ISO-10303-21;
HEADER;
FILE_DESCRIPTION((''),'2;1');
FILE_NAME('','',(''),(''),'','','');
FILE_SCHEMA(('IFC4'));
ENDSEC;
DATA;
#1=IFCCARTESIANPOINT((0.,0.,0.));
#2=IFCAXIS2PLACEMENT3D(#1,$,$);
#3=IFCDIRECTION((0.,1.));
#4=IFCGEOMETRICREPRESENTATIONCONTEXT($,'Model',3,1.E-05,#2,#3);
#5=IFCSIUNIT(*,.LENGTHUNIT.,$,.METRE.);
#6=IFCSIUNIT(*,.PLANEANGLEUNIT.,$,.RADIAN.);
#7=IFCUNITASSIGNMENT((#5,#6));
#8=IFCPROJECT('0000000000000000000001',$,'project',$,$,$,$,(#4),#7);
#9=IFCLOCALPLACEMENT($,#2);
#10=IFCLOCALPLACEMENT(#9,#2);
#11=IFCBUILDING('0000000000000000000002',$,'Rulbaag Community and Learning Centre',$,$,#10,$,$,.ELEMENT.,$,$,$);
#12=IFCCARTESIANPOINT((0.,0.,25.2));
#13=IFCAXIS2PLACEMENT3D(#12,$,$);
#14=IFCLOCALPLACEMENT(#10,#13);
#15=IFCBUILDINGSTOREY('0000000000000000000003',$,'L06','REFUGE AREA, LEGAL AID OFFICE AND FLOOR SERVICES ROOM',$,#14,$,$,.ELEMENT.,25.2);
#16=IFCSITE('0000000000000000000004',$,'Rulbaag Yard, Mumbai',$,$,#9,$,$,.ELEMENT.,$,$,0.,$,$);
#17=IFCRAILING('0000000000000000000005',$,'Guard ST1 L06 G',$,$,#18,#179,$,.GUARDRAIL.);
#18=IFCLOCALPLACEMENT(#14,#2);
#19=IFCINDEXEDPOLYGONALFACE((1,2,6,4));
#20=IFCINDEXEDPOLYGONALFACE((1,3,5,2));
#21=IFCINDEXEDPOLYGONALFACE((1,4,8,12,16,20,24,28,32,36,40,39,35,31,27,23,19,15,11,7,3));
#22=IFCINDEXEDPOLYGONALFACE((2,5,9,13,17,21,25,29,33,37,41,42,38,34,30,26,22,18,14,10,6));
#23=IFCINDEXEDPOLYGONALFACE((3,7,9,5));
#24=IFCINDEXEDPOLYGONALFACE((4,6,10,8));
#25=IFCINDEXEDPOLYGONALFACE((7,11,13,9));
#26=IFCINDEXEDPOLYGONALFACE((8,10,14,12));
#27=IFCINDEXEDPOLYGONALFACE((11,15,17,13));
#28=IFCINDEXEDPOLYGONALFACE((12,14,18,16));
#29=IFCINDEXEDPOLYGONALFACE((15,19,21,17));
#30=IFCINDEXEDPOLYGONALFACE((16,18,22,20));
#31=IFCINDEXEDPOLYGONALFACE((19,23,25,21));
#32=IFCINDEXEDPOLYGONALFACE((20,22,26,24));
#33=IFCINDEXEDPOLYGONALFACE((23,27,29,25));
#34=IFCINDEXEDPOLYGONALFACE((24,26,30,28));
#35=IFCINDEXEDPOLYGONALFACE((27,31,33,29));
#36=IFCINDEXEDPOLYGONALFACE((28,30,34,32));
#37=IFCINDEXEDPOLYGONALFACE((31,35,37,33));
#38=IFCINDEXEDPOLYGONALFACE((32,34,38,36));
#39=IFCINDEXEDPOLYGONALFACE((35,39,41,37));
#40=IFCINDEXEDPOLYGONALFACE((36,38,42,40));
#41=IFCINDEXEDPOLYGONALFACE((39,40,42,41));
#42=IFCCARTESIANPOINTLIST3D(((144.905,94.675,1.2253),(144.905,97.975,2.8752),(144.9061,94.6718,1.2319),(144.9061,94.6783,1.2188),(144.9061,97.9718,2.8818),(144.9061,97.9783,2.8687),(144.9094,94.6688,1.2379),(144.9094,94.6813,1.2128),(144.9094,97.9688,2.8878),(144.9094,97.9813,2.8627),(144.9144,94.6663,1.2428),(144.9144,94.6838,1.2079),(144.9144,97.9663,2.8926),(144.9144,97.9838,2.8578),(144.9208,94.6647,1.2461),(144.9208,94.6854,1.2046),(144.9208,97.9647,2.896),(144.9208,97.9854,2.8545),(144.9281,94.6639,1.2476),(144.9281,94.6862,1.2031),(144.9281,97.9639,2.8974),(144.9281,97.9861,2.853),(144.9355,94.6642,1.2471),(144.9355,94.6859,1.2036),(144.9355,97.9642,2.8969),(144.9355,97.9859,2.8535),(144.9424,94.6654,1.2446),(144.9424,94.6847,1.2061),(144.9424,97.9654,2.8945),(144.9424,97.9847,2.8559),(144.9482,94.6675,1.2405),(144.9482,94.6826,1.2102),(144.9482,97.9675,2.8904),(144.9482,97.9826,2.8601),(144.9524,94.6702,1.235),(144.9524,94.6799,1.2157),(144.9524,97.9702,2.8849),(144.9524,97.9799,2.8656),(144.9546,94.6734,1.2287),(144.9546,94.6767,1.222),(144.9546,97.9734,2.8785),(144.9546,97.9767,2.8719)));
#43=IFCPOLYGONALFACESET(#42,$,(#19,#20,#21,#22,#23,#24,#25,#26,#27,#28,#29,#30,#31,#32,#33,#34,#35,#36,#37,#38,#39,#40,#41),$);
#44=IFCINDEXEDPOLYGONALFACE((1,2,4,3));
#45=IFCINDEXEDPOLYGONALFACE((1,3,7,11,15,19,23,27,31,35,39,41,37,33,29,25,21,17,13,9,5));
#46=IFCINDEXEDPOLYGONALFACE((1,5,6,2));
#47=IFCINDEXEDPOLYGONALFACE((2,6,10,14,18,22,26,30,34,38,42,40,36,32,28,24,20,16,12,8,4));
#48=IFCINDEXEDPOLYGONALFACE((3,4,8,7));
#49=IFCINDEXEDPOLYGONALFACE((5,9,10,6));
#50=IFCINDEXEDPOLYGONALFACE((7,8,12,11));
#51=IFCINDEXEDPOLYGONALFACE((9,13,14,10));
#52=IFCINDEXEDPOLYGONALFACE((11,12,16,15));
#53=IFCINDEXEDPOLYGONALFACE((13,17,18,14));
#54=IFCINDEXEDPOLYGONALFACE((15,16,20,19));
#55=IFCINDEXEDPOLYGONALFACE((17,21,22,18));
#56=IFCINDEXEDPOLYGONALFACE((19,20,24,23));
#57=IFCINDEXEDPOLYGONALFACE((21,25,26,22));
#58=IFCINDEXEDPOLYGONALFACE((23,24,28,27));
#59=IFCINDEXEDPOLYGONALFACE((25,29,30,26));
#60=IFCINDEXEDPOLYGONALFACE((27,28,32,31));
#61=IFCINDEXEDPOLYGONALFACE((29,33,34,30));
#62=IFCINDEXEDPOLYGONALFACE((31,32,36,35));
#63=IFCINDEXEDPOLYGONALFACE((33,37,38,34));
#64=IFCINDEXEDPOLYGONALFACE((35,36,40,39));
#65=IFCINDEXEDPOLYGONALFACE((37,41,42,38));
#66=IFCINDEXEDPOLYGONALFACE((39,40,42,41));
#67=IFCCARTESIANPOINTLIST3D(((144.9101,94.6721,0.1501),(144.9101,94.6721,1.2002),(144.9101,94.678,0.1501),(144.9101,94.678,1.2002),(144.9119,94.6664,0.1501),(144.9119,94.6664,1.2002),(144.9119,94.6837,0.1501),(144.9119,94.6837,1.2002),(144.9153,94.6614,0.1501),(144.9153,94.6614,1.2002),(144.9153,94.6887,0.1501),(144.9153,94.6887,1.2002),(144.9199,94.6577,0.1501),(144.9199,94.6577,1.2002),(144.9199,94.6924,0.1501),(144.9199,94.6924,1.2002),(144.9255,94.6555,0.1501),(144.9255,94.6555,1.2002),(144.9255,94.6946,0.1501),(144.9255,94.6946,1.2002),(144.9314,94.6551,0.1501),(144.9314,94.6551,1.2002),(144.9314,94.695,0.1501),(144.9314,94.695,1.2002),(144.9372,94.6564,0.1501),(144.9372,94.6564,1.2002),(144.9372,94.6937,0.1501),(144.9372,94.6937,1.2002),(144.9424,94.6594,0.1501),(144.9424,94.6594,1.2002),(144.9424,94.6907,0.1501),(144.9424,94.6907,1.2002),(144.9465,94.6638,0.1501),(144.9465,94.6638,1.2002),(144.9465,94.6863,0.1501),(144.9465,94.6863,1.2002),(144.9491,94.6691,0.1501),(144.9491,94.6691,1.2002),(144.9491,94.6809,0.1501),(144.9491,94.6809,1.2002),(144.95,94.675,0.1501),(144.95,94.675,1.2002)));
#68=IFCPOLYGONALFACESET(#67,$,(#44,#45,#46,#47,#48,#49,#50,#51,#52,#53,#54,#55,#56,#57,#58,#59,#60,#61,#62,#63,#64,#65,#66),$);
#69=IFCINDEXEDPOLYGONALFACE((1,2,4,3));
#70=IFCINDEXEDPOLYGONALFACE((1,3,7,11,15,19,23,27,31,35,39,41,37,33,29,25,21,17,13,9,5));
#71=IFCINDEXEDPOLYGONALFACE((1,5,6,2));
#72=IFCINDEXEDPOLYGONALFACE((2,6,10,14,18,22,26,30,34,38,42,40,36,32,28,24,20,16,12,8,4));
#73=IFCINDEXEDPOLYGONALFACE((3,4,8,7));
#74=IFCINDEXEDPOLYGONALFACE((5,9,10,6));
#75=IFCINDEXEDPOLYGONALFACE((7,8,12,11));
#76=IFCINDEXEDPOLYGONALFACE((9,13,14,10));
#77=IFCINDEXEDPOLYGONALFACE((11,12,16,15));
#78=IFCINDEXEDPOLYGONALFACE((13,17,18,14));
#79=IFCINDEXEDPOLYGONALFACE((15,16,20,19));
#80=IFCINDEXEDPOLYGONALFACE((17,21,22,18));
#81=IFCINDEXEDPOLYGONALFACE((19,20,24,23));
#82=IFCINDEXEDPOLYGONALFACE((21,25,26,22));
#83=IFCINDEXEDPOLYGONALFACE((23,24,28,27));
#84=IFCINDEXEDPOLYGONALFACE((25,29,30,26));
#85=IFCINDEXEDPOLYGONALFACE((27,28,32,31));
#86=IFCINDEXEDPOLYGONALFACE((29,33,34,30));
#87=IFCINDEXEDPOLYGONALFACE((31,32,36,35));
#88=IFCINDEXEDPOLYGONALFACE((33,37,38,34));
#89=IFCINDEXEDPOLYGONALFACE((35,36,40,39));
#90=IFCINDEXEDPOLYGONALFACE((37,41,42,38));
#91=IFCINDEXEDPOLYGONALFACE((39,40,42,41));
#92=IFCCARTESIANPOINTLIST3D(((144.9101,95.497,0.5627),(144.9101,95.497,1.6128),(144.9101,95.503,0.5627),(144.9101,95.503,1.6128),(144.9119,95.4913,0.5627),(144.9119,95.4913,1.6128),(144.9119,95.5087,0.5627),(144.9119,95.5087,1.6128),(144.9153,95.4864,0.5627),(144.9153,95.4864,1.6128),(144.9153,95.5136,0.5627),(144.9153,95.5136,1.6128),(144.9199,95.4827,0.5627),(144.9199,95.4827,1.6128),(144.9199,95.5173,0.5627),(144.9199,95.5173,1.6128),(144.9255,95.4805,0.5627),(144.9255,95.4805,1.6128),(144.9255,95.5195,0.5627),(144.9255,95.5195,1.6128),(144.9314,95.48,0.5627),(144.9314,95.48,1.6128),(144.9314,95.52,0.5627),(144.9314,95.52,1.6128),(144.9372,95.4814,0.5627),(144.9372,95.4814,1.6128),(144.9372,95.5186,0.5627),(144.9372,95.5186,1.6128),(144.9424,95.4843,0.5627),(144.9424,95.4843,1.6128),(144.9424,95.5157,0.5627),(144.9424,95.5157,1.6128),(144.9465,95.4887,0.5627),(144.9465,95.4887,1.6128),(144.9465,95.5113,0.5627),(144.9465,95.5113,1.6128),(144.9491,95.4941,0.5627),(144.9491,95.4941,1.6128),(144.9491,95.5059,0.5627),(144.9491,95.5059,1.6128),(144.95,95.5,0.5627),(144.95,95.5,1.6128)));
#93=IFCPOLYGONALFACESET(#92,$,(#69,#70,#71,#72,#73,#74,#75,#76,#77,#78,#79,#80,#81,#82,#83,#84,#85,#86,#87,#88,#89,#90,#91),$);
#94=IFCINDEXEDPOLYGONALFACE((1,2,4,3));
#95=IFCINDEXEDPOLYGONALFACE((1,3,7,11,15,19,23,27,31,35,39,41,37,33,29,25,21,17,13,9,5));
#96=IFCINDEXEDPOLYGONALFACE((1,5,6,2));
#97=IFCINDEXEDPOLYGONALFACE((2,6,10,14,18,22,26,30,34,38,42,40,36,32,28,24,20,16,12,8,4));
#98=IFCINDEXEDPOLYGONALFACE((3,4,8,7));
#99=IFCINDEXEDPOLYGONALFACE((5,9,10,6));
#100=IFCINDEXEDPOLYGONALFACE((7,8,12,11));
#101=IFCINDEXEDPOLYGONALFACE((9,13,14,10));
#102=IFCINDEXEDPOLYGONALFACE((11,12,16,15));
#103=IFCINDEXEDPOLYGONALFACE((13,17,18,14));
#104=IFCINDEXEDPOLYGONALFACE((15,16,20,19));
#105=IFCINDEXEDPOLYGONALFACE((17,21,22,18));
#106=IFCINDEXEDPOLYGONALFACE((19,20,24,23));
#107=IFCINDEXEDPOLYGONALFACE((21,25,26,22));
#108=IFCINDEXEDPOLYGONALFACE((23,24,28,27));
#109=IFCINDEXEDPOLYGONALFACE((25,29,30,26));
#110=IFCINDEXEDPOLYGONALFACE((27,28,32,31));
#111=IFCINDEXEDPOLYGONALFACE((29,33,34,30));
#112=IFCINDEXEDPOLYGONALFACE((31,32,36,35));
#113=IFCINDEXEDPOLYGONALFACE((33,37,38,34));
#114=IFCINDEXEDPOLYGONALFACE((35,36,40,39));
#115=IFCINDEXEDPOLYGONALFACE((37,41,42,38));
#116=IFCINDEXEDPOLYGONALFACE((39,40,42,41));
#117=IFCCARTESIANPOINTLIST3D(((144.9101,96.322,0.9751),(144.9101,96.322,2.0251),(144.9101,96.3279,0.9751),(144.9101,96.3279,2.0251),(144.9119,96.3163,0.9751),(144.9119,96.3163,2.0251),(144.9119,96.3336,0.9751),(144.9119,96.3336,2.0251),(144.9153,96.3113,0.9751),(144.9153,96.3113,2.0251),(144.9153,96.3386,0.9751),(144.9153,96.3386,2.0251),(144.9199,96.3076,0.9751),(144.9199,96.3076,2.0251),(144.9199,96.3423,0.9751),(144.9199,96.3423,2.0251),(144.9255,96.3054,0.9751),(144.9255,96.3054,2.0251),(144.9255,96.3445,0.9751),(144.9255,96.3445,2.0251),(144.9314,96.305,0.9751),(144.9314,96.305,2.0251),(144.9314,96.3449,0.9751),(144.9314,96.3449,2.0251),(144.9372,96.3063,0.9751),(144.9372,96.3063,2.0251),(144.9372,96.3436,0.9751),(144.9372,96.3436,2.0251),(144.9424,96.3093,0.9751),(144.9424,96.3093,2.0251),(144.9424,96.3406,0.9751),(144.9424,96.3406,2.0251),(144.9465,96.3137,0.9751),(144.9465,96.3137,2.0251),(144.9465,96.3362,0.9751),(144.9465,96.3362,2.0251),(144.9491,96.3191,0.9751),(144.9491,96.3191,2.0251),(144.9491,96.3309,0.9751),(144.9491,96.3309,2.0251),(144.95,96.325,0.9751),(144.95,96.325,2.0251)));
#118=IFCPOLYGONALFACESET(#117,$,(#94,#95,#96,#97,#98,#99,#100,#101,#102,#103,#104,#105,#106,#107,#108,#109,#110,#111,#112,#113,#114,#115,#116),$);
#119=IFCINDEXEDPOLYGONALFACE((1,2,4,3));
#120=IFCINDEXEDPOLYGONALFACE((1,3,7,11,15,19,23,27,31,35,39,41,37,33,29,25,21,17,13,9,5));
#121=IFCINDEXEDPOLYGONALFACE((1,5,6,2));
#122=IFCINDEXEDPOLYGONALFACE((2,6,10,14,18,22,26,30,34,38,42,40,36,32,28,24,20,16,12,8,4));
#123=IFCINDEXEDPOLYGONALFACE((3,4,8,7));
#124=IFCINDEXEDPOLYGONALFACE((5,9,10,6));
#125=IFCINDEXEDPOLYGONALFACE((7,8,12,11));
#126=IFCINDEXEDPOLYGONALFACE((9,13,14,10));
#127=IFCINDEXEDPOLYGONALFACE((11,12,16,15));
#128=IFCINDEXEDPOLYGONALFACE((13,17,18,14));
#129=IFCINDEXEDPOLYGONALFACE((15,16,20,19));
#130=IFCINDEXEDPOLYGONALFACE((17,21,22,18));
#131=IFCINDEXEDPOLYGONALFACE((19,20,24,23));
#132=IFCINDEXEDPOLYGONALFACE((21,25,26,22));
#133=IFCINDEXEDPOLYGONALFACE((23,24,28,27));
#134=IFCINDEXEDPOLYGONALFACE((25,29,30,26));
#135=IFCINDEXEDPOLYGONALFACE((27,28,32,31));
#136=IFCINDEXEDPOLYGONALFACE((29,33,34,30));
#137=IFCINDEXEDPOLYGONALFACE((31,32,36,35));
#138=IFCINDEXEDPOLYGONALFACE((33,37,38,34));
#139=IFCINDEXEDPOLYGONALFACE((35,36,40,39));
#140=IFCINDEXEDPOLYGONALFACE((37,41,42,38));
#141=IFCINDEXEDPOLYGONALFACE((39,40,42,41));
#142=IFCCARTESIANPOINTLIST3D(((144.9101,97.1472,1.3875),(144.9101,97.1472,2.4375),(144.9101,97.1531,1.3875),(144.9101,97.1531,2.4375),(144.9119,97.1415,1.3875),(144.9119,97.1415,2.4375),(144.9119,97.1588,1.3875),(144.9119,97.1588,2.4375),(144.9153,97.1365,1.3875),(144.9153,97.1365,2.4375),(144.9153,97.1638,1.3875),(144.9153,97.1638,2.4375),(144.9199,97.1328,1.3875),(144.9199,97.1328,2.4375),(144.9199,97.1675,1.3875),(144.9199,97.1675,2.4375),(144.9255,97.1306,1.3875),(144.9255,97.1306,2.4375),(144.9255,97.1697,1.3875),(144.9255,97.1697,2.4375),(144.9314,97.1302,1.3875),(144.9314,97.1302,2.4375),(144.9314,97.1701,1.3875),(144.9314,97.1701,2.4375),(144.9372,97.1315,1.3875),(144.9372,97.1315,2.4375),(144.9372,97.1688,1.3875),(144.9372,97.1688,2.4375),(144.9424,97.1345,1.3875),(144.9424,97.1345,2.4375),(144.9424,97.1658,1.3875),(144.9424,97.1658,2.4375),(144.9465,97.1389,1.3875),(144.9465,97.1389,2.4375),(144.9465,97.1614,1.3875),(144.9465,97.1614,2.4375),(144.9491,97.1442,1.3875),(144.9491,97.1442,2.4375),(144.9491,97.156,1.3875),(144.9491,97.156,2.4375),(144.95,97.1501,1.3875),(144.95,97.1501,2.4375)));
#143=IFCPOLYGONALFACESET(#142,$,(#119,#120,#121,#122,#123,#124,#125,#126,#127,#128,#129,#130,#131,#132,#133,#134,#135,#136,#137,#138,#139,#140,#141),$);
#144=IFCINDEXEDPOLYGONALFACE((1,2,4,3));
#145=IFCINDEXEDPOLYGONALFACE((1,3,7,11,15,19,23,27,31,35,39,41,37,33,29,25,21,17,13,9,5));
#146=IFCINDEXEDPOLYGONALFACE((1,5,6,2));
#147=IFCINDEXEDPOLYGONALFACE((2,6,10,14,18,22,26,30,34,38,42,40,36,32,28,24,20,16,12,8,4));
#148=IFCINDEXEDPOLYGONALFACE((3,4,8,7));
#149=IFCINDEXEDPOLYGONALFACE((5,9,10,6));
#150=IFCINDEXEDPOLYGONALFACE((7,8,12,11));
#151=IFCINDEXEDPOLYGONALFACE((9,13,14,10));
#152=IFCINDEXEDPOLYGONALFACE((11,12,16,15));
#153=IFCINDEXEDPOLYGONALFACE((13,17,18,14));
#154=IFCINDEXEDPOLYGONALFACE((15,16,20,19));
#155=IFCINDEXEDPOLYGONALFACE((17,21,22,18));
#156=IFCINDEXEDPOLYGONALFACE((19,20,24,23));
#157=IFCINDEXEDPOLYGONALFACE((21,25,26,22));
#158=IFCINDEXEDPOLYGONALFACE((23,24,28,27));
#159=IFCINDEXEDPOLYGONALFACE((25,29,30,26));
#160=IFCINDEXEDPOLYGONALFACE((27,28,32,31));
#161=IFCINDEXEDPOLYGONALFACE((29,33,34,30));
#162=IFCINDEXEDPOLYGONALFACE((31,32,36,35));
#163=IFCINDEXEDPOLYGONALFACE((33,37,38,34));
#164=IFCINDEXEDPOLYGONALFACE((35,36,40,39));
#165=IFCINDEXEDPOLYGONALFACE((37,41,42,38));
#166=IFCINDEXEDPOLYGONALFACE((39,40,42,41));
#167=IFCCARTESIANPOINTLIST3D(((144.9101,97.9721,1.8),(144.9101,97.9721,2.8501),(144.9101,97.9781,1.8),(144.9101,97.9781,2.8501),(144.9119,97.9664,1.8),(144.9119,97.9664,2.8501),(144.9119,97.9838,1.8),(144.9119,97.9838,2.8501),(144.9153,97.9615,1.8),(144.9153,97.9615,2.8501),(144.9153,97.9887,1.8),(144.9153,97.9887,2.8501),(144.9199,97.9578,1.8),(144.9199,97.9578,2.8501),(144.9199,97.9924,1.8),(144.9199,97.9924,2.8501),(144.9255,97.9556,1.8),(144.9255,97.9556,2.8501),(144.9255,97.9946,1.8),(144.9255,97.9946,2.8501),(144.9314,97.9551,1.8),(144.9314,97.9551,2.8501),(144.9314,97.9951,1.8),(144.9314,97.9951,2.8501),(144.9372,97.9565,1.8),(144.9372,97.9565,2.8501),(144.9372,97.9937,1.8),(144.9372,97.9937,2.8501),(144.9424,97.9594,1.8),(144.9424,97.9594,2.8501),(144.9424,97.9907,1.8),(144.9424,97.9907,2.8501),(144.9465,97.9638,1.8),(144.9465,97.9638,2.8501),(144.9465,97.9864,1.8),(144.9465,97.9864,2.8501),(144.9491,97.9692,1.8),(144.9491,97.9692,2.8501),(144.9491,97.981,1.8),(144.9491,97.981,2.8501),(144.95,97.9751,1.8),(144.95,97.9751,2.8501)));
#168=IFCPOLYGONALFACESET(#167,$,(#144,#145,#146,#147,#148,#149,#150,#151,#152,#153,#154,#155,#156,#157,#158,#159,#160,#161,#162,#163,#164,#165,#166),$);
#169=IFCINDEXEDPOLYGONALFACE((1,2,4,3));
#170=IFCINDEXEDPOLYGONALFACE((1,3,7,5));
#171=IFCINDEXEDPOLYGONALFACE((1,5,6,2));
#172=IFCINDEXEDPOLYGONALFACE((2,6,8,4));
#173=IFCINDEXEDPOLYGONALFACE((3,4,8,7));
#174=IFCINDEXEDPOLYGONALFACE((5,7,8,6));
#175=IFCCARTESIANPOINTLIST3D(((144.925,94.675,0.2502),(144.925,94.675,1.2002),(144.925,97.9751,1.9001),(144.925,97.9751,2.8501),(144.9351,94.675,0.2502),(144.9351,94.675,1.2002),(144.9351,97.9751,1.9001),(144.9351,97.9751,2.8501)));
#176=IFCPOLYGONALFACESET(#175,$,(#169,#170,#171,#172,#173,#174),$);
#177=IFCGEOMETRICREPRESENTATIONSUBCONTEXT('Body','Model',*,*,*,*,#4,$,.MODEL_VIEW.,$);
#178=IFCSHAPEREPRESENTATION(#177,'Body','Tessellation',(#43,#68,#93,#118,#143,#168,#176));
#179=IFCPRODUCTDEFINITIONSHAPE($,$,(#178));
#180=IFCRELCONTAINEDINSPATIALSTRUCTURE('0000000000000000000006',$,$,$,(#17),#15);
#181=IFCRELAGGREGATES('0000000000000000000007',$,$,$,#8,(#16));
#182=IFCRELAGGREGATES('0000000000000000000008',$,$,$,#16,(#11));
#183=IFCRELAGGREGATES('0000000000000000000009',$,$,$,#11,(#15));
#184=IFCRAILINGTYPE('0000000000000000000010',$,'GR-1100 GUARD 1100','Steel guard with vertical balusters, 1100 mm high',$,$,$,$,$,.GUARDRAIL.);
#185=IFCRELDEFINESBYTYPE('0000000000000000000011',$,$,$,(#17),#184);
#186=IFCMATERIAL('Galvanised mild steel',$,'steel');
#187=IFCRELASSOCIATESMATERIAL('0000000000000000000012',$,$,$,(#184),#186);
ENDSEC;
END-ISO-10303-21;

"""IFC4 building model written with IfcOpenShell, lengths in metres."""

from ifc_helpers import new_model, si_unit, direction, frame, origin, origin_2d, place, context, subcontext, project, spatial, polyline, circle, outline, extrude, material, type_object, element, save


model = new_model("IFC4")

# Units and contexts
model_context = context("Model", 3, precision=1e-05, world=origin(), true_north=direction((0.0, 1.0)))
body_context = subcontext(model_context, "Body", "Model", "MODEL_VIEW")
ifc_project = project(units=[si_unit("LENGTHUNIT", "METRE"), si_unit("PLANEANGLEUNIT", "RADIAN")], contexts=[model_context])

# Site, building, storey
site_placement = place(None, origin())
site = spatial("IfcSite", under=ifc_project, at=site_placement, Name="Rulbaag Yard, Mumbai", CompositionType="ELEMENT", RefElevation=0.0)
building_placement = place(site_placement, origin())
building = spatial("IfcBuilding", under=site, at=building_placement, Name="Rulbaag Community and Learning Centre", CompositionType="ELEMENT")
storey_placement = place(building_placement, frame((0.0, 0.0, 25.2)))
storey = spatial("IfcBuildingStorey", under=building, at=storey_placement, Name="L06", Description="REFUGE AREA, LEGAL AID OFFICE AND FLOOR SERVICES ROOM", CompositionType="ELEMENT", Elevation=25.2)

# Railing
ifc_material_1 = material(Name="Galvanised mild steel", Category="steel")
railing_type_1 = type_object("IfcRailingType", Name="GR-1100 GUARD 1100", Description="Steel guard with vertical balusters, 1100 mm high", PredefinedType="GUARDRAIL", material=ifc_material_1)
railing_1_placement = place(storey_placement, frame((144.9299, 94.675, 0.1501)))
element("IfcRailing", 1, at=railing_1_placement, inside=storey, type_object=railing_type_1, Name="Guard ST1 L06 G", PredefinedType="GUARDRAIL", context=body_context, shape_type="SweptSolid", body=[
    extrude(circle(Radius=0.0249, at=origin_2d()), frame((0.0, 0.0, 1.0752), z_axis=(0.0, 0.89444, 0.447187), x_axis=(-1.0, 0.0, 0.0)), (0.0, 0.0, 1.0), 3.6895),
    extrude(circle(Radius=0.02, at=origin_2d()), origin(), (0.0, 0.0, 1.0), 1.05),
    extrude(circle(Radius=0.02, at=origin_2d()), frame((0.0, 0.825, 0.4126)), (0.0, 0.0, 1.0), 1.05),
    extrude(circle(Radius=0.02, at=origin_2d()), frame((0.0, 1.6499, 0.825)), (0.0, 0.0, 1.0), 1.05),
    extrude(circle(Radius=0.02, at=origin_2d()), frame((0.0, 2.4751, 1.2373)), (0.0, 0.0, 1.0), 1.05),
    extrude(circle(Radius=0.02, at=origin_2d()), frame((0.0, 3.3, 1.6499)), (0.0, 0.0, 1.0), 1.05),
    extrude(outline(polyline([(0.0, 0.0), (3.3, 1.6499), (3.3, 2.5999), (0.0, 0.95), (0.0, 0.0)])), frame((-0.0049, 0.0, 0.1001), z_axis=(1.0, 0.0, 0.0), x_axis=(0.0, 1.0, 0.0)), (0.0, 0.0, 1.0), 0.01),
])

save(model, "model.ifc")
